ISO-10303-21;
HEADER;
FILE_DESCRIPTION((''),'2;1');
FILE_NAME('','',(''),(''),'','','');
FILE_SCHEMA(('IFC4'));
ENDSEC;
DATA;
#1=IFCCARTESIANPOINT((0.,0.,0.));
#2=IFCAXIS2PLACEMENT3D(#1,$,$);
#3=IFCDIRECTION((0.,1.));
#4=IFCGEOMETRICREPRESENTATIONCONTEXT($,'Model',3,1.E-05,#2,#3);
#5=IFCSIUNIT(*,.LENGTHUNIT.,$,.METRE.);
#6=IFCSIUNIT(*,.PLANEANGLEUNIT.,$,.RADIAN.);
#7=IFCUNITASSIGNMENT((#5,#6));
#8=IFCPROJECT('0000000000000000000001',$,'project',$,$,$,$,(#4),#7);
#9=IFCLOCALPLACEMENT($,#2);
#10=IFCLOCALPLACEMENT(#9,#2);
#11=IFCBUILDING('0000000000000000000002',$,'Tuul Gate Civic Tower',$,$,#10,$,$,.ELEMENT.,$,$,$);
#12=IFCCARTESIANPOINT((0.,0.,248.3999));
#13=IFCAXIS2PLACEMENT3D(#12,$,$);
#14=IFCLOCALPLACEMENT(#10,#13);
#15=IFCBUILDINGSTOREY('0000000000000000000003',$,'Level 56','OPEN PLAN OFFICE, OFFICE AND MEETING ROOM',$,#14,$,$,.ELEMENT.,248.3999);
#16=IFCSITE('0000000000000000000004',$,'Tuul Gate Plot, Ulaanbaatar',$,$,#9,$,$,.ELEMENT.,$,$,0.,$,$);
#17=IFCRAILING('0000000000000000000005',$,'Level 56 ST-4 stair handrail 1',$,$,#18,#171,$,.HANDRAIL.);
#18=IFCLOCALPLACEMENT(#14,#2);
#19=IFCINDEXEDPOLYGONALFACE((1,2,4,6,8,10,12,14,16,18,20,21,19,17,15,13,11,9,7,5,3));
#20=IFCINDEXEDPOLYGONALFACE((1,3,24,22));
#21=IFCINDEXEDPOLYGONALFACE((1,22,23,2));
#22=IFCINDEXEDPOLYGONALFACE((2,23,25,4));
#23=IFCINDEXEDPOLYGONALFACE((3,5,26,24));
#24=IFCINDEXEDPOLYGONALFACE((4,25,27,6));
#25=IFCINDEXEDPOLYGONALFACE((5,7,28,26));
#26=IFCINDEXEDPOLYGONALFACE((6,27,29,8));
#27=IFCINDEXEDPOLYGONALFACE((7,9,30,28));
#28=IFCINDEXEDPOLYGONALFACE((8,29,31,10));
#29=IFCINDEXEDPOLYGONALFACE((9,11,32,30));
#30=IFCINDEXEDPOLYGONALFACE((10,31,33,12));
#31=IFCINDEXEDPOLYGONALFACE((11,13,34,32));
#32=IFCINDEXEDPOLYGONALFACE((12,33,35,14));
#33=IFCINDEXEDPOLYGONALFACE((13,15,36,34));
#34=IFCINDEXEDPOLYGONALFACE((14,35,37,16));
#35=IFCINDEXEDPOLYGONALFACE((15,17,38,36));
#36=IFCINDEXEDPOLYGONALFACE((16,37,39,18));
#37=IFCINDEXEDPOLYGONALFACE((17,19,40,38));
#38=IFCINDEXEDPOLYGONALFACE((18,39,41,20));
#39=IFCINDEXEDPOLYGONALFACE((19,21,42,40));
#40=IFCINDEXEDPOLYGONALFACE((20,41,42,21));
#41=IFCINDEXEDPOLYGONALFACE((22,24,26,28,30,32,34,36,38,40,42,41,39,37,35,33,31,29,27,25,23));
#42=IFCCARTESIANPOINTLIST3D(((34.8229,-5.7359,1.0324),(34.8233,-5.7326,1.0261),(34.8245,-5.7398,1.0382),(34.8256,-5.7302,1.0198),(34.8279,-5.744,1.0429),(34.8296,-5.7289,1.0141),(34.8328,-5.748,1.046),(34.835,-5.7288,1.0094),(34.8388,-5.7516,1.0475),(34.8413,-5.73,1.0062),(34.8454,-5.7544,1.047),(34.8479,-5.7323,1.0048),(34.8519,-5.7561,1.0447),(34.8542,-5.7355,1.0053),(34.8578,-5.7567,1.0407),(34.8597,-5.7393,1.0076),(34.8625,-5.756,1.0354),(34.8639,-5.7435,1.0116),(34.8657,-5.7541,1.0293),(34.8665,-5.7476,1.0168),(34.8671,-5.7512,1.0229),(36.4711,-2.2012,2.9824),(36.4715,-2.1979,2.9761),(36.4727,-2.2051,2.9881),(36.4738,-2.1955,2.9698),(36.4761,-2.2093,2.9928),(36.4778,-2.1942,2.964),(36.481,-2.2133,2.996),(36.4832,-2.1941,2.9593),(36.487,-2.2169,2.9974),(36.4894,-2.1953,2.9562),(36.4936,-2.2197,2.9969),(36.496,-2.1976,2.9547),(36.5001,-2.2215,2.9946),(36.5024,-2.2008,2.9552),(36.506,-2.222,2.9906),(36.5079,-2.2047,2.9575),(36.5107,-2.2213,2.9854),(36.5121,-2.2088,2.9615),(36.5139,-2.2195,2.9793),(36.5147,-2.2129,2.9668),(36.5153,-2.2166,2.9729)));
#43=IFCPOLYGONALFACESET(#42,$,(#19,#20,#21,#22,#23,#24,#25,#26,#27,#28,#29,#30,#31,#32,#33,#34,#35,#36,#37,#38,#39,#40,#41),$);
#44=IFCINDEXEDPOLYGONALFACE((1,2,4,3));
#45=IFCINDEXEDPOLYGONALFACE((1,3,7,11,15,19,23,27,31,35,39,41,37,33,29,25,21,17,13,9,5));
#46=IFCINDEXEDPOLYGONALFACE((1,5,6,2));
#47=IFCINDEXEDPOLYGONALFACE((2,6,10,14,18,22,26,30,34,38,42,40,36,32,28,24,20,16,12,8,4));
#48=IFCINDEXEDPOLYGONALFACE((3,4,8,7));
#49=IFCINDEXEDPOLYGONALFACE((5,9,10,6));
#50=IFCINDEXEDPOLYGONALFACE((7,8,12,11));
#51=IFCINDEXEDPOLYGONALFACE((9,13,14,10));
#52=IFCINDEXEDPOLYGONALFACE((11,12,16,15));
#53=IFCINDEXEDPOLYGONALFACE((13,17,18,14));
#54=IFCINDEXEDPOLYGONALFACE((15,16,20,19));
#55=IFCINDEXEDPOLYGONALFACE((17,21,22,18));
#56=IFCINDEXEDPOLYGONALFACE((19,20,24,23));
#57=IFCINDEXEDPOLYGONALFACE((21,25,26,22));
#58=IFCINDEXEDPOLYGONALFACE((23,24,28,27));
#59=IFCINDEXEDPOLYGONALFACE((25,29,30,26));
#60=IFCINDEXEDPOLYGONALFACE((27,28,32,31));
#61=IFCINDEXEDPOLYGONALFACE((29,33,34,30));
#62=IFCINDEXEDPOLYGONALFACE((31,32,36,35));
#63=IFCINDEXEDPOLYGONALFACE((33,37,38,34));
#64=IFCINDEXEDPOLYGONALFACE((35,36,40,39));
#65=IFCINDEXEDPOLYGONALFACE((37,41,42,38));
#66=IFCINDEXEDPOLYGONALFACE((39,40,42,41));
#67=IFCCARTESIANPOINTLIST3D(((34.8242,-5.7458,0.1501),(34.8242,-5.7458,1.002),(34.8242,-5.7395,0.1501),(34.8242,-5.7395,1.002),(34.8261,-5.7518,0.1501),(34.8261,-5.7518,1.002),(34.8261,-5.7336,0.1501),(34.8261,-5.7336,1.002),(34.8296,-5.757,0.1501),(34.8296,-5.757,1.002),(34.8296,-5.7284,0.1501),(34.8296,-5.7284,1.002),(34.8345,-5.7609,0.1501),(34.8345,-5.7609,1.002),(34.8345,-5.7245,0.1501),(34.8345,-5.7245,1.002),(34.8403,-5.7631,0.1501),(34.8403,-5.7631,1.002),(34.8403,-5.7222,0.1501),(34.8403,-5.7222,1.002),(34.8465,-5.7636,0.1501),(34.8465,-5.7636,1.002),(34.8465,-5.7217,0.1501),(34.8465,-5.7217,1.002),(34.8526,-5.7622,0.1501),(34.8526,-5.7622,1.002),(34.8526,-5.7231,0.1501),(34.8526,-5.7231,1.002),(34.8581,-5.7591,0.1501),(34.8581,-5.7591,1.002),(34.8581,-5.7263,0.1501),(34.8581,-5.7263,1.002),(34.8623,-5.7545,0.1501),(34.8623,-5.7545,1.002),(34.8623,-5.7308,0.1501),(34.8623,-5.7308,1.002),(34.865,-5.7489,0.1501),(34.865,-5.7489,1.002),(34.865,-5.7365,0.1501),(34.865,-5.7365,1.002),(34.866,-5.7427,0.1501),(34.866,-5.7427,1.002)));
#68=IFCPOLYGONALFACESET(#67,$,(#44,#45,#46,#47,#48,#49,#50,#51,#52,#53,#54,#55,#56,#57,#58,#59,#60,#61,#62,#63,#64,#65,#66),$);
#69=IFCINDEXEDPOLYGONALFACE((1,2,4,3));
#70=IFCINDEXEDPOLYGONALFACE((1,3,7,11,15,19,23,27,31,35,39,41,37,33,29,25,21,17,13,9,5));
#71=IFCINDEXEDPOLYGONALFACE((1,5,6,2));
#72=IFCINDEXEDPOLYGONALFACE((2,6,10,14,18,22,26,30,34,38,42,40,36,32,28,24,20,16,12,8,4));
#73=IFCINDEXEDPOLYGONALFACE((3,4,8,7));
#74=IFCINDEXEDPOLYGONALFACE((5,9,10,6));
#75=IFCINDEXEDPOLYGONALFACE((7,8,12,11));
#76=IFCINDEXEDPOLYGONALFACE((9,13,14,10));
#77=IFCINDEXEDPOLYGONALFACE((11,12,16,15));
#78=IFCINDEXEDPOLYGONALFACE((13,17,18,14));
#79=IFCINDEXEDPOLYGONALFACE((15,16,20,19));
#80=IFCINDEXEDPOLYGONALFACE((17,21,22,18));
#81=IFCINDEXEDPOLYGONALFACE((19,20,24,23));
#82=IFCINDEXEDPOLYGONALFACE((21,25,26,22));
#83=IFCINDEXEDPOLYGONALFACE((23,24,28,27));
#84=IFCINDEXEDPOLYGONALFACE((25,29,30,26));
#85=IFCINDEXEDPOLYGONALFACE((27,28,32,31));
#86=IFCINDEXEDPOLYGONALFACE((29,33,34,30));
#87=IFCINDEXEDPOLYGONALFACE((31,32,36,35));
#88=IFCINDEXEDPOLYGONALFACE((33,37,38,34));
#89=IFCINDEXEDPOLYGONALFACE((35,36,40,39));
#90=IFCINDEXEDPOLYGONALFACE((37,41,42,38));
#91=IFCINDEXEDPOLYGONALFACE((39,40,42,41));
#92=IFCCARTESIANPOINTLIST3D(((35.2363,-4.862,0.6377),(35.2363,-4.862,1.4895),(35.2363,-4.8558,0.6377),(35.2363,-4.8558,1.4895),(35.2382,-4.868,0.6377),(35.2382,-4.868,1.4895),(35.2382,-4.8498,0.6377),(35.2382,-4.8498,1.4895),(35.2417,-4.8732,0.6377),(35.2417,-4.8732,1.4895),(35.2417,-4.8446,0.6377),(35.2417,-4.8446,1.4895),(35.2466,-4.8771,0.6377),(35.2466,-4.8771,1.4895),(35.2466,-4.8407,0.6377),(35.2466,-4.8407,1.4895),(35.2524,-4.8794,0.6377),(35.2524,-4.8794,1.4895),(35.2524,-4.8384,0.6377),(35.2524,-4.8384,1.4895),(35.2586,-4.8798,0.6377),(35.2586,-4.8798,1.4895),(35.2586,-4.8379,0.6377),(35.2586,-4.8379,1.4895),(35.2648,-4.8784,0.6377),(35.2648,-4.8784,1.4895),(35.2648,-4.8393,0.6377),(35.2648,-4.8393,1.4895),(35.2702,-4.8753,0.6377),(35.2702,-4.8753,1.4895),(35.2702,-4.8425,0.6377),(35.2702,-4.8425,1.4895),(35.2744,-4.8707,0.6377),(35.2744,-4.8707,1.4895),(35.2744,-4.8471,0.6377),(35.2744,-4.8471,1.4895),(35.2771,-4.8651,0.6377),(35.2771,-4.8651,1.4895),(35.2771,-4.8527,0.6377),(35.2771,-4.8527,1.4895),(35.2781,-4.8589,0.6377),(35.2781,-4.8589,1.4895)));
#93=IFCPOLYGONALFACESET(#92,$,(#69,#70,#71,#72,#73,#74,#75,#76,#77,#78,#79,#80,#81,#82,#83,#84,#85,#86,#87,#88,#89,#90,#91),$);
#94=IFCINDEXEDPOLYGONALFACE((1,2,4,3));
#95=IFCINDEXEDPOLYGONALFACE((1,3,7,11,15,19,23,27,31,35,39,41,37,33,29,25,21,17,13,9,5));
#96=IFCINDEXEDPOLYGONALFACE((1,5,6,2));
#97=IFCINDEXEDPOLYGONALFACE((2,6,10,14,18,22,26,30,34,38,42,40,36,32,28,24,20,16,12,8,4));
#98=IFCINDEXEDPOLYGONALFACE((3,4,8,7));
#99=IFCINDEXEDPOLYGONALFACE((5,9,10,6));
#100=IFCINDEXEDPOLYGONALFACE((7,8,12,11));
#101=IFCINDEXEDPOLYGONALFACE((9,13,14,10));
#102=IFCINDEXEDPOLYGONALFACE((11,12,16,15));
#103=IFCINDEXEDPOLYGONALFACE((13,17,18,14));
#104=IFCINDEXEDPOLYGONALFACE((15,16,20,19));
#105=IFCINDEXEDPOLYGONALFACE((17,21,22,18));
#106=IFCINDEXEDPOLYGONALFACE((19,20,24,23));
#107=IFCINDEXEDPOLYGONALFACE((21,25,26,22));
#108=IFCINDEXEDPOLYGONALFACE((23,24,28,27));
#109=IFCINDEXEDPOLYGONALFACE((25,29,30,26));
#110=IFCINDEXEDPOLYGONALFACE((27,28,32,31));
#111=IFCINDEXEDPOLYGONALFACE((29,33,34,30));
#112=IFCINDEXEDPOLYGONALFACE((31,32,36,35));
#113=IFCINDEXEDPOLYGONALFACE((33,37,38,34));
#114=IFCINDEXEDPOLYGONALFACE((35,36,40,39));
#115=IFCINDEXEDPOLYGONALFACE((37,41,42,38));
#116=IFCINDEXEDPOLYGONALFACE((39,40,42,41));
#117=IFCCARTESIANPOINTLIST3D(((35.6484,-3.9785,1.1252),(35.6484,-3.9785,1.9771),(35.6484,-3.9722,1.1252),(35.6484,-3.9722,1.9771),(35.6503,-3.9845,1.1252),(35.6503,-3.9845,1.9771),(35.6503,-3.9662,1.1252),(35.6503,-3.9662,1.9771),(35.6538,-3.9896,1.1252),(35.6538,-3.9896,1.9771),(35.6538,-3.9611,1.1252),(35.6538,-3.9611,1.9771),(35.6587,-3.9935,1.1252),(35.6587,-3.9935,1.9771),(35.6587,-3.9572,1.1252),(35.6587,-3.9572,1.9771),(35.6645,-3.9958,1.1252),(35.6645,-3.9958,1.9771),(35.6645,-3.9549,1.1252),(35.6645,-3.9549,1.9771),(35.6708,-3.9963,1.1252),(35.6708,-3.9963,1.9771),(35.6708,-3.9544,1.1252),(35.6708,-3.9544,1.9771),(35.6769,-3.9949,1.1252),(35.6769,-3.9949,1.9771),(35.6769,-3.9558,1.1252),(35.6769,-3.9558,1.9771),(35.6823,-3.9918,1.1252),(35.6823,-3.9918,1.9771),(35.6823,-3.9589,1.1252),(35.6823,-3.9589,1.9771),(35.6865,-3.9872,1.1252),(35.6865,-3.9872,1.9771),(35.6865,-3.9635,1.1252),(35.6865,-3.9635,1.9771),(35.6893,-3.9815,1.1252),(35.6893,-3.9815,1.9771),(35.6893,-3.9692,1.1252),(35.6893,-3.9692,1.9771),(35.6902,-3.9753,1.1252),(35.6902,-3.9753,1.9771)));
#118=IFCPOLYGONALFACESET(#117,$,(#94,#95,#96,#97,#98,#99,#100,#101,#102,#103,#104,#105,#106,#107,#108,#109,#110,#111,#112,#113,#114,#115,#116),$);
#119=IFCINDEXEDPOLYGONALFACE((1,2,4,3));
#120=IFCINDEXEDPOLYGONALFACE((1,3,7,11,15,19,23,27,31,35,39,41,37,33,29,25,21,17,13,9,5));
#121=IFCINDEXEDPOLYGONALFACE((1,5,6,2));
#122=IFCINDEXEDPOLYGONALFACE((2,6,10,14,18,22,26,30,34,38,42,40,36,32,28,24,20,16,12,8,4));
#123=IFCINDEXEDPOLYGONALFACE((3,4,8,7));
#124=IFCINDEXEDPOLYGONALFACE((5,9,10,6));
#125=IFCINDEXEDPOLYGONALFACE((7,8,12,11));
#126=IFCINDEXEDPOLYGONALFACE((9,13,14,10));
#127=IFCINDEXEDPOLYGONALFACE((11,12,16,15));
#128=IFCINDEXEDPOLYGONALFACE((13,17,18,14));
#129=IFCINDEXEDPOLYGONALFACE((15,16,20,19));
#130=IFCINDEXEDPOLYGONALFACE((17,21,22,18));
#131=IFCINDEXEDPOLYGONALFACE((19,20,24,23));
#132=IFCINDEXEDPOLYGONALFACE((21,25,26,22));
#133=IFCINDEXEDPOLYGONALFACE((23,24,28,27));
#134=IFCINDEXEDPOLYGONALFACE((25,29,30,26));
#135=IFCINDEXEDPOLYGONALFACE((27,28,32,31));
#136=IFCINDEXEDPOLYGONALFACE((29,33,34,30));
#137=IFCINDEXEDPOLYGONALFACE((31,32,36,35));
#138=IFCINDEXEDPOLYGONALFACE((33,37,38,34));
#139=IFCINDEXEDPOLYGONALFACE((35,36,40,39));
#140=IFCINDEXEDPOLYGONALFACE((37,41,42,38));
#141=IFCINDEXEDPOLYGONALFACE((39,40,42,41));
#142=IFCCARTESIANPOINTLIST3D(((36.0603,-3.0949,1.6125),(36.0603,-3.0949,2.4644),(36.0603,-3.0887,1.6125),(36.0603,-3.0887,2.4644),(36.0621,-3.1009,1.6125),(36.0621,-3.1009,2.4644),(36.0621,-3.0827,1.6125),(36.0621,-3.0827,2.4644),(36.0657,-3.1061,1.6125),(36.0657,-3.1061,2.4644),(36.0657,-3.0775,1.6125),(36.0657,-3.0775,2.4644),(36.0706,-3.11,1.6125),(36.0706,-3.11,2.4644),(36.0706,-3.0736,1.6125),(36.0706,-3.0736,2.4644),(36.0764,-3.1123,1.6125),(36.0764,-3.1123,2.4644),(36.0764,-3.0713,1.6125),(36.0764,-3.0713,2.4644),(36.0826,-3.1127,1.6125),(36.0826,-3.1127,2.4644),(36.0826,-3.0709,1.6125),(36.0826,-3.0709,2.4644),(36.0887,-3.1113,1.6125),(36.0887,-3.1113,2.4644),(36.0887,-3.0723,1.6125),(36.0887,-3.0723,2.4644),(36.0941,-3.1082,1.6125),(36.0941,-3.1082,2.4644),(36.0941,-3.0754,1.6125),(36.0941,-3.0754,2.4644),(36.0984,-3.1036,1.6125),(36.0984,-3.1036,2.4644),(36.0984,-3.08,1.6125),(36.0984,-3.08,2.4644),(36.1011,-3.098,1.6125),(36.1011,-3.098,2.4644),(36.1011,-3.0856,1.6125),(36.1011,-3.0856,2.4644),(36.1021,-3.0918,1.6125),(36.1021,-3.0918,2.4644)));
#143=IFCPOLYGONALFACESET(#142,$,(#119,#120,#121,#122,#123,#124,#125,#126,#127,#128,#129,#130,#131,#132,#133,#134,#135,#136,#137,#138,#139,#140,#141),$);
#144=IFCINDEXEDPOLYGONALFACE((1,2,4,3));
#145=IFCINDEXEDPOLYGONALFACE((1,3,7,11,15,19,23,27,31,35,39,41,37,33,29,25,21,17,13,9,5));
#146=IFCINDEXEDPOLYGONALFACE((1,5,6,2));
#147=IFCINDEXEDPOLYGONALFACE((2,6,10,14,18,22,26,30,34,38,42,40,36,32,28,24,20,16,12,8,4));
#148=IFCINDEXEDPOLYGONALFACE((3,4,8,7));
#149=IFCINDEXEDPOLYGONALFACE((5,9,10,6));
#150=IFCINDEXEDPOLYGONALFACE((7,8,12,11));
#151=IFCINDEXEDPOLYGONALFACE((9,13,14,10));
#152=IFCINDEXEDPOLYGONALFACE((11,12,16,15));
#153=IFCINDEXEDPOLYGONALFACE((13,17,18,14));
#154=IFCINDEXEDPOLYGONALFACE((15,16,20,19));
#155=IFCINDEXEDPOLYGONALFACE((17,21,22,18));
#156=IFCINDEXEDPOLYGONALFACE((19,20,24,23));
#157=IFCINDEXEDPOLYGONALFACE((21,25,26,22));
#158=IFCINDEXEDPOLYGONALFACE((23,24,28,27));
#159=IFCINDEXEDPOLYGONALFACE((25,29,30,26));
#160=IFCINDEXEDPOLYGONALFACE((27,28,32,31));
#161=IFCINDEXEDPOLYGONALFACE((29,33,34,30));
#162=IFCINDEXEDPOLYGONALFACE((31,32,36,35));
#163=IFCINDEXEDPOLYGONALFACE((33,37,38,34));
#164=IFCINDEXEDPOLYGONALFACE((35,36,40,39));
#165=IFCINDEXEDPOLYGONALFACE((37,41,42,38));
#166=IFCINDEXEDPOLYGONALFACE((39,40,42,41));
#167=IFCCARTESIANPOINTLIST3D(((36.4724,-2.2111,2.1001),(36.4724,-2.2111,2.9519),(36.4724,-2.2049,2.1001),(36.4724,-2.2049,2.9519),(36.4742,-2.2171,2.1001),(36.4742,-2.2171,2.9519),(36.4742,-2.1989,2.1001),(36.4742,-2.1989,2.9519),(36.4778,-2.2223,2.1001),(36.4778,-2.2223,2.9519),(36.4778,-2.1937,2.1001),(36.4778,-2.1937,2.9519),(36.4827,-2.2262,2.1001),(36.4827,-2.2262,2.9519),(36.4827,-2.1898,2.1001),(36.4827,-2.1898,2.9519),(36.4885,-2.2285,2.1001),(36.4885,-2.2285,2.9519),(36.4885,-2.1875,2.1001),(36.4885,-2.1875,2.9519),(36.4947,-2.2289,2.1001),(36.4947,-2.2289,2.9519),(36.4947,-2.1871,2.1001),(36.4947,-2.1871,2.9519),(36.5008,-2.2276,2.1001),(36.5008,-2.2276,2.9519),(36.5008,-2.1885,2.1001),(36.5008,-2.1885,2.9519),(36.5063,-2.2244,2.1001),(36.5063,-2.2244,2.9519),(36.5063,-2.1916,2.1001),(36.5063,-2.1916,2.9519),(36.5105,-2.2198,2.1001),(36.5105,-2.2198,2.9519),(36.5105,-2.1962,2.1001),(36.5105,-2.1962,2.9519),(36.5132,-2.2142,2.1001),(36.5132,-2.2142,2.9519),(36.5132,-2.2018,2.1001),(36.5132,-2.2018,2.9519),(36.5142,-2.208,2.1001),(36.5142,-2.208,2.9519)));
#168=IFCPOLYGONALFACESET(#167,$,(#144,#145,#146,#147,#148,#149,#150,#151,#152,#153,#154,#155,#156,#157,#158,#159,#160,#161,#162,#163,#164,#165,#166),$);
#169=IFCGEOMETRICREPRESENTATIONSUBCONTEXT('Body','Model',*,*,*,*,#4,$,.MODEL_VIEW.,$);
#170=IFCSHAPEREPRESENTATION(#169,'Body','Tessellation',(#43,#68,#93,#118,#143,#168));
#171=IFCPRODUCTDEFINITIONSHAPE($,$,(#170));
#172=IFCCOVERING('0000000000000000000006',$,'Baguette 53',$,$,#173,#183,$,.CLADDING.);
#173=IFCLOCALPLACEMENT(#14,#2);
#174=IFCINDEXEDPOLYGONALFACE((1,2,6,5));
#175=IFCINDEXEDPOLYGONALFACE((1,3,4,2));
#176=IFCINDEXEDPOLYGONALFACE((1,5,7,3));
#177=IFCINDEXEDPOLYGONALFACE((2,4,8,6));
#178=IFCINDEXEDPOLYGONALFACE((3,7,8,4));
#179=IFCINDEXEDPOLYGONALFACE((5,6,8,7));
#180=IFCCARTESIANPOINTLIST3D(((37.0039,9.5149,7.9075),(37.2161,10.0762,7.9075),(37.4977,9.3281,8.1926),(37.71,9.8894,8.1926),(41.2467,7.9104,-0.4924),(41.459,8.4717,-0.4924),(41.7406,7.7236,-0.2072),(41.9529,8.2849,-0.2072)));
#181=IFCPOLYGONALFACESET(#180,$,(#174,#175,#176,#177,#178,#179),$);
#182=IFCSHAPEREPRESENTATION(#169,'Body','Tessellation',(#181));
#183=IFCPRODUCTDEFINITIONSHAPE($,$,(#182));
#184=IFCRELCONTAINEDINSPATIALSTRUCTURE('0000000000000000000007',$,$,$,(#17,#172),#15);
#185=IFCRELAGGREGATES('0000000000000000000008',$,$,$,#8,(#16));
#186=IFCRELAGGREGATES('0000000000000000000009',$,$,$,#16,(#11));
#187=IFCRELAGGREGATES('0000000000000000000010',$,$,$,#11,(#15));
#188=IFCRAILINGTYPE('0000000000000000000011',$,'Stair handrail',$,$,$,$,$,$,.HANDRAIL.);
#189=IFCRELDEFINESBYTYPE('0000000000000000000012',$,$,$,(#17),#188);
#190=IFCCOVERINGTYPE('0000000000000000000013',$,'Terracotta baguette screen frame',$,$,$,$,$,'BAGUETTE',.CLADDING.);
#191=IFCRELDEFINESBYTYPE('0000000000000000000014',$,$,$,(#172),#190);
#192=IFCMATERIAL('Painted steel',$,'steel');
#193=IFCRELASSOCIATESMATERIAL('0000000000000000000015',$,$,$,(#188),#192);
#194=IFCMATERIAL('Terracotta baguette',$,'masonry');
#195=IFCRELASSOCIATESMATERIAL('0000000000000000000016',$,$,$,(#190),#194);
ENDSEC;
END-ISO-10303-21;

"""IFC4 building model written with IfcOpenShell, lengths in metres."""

from ifc_helpers import new_model, si_unit, direction, frame, origin, origin_2d, place, context, subcontext, project, spatial, rectangle, circle, extrude, material, material_profile, profile_set, type_object, element, save


model = new_model("IFC4")

# Units and contexts
model_context = context("Model", 3, precision=1e-05, world=origin(), true_north=direction((0.0, 1.0)))
body_context = subcontext(model_context, "Body", "Model", "MODEL_VIEW")
ifc_project = project(units=[si_unit("LENGTHUNIT", "METRE"), si_unit("PLANEANGLEUNIT", "RADIAN")], contexts=[model_context])

# Site, building, storey
site_placement = place(None, origin())
site = spatial("IfcSite", under=ifc_project, at=site_placement, Name="Tuul Gate Plot, Ulaanbaatar", CompositionType="ELEMENT", RefElevation=0.0)
building_placement = place(site_placement, origin())
building = spatial("IfcBuilding", under=site, at=building_placement, Name="Tuul Gate Civic Tower", CompositionType="ELEMENT")
storey_placement = place(building_placement, frame((0.0, 0.0, 248.3999)))
storey = spatial("IfcBuildingStorey", under=building, at=storey_placement, Name="Level 56", Description="OPEN PLAN OFFICE, OFFICE AND MEETING ROOM", CompositionType="ELEMENT", Elevation=248.3999)

# Railing
ifc_material_1 = material(Name="Painted steel", Category="steel")
railing_type = type_object("IfcRailingType", Name="Stair handrail", PredefinedType="HANDRAIL", material=ifc_material_1)
railing_placement = place(storey_placement, frame((34.845, -5.7427, 0.1501)))
element("IfcRailing", 1, at=railing_placement, inside=storey, type_object=railing_type, Name="Level 56 ST-4 stair handrail 1", PredefinedType="HANDRAIL", context=body_context, shape_type="SweptSolid", body=[
    extrude(circle(Radius=0.0239, at=origin_2d()), frame((0.0, 0.0, 0.876), z_axis=(0.377995, 0.810637, 0.4472), x_axis=(-0.906313, 0.422608, 0.0)), (0.0, 0.0, 1.0), 4.3604),
    extrude(circle(Radius=0.021, at=origin_2d()), origin(), (0.0, 0.0, 1.0), 0.8518),
    extrude(circle(Radius=0.021, at=origin_2d()), frame((0.4121, 0.8838, 0.4875)), (0.0, 0.0, 1.0), 0.8518),
    extrude(circle(Radius=0.021, at=origin_2d()), frame((0.8242, 1.7673, 0.9751)), (0.0, 0.0, 1.0), 0.8518),
    extrude(circle(Radius=0.021, at=origin_2d()), frame((1.2361, 2.6509, 1.4624)), (0.0, 0.0, 1.0), 0.8518),
    extrude(circle(Radius=0.021, at=origin_2d()), frame((1.6482, 3.5347, 1.95)), (0.0, 0.0, 1.0), 0.8518),
])

# Covering
ifc_material_2 = material(Name="Terracotta baguette", Category="masonry")
ifc_material_profile_1 = material_profile(ifc_material_2, rectangle(XDim=0.6001, YDim=0.6001, at=origin_2d()), Name="Terracotta baguette screen frame")
ifc_profile_set_1 = profile_set([ifc_material_profile_1], Name="Terracotta baguette")
covering_type = type_object("IfcCoveringType", Name="Terracotta baguette screen frame", ElementType="BAGUETTE", PredefinedType="CLADDING", material=ifc_profile_set_1)
covering_placement = place(storey_placement, frame((37.3569, 9.7021, 8.05), z_axis=(0.444449, -0.168072, -0.879896), x_axis=(0.353711, 0.935355, 0.0)))
element("IfcCovering", 2, at=covering_placement, inside=storey, type_object=covering_type, Name="Baguette 53", PredefinedType="CLADDING", context=body_context, shape_type="SweptSolid", body=[
    extrude(rectangle(XDim=0.6001, YDim=0.6001, at=origin_2d()), origin(), (0.0, 0.0, 1.0), 9.5464),
])

save(model, "model.ifc")
